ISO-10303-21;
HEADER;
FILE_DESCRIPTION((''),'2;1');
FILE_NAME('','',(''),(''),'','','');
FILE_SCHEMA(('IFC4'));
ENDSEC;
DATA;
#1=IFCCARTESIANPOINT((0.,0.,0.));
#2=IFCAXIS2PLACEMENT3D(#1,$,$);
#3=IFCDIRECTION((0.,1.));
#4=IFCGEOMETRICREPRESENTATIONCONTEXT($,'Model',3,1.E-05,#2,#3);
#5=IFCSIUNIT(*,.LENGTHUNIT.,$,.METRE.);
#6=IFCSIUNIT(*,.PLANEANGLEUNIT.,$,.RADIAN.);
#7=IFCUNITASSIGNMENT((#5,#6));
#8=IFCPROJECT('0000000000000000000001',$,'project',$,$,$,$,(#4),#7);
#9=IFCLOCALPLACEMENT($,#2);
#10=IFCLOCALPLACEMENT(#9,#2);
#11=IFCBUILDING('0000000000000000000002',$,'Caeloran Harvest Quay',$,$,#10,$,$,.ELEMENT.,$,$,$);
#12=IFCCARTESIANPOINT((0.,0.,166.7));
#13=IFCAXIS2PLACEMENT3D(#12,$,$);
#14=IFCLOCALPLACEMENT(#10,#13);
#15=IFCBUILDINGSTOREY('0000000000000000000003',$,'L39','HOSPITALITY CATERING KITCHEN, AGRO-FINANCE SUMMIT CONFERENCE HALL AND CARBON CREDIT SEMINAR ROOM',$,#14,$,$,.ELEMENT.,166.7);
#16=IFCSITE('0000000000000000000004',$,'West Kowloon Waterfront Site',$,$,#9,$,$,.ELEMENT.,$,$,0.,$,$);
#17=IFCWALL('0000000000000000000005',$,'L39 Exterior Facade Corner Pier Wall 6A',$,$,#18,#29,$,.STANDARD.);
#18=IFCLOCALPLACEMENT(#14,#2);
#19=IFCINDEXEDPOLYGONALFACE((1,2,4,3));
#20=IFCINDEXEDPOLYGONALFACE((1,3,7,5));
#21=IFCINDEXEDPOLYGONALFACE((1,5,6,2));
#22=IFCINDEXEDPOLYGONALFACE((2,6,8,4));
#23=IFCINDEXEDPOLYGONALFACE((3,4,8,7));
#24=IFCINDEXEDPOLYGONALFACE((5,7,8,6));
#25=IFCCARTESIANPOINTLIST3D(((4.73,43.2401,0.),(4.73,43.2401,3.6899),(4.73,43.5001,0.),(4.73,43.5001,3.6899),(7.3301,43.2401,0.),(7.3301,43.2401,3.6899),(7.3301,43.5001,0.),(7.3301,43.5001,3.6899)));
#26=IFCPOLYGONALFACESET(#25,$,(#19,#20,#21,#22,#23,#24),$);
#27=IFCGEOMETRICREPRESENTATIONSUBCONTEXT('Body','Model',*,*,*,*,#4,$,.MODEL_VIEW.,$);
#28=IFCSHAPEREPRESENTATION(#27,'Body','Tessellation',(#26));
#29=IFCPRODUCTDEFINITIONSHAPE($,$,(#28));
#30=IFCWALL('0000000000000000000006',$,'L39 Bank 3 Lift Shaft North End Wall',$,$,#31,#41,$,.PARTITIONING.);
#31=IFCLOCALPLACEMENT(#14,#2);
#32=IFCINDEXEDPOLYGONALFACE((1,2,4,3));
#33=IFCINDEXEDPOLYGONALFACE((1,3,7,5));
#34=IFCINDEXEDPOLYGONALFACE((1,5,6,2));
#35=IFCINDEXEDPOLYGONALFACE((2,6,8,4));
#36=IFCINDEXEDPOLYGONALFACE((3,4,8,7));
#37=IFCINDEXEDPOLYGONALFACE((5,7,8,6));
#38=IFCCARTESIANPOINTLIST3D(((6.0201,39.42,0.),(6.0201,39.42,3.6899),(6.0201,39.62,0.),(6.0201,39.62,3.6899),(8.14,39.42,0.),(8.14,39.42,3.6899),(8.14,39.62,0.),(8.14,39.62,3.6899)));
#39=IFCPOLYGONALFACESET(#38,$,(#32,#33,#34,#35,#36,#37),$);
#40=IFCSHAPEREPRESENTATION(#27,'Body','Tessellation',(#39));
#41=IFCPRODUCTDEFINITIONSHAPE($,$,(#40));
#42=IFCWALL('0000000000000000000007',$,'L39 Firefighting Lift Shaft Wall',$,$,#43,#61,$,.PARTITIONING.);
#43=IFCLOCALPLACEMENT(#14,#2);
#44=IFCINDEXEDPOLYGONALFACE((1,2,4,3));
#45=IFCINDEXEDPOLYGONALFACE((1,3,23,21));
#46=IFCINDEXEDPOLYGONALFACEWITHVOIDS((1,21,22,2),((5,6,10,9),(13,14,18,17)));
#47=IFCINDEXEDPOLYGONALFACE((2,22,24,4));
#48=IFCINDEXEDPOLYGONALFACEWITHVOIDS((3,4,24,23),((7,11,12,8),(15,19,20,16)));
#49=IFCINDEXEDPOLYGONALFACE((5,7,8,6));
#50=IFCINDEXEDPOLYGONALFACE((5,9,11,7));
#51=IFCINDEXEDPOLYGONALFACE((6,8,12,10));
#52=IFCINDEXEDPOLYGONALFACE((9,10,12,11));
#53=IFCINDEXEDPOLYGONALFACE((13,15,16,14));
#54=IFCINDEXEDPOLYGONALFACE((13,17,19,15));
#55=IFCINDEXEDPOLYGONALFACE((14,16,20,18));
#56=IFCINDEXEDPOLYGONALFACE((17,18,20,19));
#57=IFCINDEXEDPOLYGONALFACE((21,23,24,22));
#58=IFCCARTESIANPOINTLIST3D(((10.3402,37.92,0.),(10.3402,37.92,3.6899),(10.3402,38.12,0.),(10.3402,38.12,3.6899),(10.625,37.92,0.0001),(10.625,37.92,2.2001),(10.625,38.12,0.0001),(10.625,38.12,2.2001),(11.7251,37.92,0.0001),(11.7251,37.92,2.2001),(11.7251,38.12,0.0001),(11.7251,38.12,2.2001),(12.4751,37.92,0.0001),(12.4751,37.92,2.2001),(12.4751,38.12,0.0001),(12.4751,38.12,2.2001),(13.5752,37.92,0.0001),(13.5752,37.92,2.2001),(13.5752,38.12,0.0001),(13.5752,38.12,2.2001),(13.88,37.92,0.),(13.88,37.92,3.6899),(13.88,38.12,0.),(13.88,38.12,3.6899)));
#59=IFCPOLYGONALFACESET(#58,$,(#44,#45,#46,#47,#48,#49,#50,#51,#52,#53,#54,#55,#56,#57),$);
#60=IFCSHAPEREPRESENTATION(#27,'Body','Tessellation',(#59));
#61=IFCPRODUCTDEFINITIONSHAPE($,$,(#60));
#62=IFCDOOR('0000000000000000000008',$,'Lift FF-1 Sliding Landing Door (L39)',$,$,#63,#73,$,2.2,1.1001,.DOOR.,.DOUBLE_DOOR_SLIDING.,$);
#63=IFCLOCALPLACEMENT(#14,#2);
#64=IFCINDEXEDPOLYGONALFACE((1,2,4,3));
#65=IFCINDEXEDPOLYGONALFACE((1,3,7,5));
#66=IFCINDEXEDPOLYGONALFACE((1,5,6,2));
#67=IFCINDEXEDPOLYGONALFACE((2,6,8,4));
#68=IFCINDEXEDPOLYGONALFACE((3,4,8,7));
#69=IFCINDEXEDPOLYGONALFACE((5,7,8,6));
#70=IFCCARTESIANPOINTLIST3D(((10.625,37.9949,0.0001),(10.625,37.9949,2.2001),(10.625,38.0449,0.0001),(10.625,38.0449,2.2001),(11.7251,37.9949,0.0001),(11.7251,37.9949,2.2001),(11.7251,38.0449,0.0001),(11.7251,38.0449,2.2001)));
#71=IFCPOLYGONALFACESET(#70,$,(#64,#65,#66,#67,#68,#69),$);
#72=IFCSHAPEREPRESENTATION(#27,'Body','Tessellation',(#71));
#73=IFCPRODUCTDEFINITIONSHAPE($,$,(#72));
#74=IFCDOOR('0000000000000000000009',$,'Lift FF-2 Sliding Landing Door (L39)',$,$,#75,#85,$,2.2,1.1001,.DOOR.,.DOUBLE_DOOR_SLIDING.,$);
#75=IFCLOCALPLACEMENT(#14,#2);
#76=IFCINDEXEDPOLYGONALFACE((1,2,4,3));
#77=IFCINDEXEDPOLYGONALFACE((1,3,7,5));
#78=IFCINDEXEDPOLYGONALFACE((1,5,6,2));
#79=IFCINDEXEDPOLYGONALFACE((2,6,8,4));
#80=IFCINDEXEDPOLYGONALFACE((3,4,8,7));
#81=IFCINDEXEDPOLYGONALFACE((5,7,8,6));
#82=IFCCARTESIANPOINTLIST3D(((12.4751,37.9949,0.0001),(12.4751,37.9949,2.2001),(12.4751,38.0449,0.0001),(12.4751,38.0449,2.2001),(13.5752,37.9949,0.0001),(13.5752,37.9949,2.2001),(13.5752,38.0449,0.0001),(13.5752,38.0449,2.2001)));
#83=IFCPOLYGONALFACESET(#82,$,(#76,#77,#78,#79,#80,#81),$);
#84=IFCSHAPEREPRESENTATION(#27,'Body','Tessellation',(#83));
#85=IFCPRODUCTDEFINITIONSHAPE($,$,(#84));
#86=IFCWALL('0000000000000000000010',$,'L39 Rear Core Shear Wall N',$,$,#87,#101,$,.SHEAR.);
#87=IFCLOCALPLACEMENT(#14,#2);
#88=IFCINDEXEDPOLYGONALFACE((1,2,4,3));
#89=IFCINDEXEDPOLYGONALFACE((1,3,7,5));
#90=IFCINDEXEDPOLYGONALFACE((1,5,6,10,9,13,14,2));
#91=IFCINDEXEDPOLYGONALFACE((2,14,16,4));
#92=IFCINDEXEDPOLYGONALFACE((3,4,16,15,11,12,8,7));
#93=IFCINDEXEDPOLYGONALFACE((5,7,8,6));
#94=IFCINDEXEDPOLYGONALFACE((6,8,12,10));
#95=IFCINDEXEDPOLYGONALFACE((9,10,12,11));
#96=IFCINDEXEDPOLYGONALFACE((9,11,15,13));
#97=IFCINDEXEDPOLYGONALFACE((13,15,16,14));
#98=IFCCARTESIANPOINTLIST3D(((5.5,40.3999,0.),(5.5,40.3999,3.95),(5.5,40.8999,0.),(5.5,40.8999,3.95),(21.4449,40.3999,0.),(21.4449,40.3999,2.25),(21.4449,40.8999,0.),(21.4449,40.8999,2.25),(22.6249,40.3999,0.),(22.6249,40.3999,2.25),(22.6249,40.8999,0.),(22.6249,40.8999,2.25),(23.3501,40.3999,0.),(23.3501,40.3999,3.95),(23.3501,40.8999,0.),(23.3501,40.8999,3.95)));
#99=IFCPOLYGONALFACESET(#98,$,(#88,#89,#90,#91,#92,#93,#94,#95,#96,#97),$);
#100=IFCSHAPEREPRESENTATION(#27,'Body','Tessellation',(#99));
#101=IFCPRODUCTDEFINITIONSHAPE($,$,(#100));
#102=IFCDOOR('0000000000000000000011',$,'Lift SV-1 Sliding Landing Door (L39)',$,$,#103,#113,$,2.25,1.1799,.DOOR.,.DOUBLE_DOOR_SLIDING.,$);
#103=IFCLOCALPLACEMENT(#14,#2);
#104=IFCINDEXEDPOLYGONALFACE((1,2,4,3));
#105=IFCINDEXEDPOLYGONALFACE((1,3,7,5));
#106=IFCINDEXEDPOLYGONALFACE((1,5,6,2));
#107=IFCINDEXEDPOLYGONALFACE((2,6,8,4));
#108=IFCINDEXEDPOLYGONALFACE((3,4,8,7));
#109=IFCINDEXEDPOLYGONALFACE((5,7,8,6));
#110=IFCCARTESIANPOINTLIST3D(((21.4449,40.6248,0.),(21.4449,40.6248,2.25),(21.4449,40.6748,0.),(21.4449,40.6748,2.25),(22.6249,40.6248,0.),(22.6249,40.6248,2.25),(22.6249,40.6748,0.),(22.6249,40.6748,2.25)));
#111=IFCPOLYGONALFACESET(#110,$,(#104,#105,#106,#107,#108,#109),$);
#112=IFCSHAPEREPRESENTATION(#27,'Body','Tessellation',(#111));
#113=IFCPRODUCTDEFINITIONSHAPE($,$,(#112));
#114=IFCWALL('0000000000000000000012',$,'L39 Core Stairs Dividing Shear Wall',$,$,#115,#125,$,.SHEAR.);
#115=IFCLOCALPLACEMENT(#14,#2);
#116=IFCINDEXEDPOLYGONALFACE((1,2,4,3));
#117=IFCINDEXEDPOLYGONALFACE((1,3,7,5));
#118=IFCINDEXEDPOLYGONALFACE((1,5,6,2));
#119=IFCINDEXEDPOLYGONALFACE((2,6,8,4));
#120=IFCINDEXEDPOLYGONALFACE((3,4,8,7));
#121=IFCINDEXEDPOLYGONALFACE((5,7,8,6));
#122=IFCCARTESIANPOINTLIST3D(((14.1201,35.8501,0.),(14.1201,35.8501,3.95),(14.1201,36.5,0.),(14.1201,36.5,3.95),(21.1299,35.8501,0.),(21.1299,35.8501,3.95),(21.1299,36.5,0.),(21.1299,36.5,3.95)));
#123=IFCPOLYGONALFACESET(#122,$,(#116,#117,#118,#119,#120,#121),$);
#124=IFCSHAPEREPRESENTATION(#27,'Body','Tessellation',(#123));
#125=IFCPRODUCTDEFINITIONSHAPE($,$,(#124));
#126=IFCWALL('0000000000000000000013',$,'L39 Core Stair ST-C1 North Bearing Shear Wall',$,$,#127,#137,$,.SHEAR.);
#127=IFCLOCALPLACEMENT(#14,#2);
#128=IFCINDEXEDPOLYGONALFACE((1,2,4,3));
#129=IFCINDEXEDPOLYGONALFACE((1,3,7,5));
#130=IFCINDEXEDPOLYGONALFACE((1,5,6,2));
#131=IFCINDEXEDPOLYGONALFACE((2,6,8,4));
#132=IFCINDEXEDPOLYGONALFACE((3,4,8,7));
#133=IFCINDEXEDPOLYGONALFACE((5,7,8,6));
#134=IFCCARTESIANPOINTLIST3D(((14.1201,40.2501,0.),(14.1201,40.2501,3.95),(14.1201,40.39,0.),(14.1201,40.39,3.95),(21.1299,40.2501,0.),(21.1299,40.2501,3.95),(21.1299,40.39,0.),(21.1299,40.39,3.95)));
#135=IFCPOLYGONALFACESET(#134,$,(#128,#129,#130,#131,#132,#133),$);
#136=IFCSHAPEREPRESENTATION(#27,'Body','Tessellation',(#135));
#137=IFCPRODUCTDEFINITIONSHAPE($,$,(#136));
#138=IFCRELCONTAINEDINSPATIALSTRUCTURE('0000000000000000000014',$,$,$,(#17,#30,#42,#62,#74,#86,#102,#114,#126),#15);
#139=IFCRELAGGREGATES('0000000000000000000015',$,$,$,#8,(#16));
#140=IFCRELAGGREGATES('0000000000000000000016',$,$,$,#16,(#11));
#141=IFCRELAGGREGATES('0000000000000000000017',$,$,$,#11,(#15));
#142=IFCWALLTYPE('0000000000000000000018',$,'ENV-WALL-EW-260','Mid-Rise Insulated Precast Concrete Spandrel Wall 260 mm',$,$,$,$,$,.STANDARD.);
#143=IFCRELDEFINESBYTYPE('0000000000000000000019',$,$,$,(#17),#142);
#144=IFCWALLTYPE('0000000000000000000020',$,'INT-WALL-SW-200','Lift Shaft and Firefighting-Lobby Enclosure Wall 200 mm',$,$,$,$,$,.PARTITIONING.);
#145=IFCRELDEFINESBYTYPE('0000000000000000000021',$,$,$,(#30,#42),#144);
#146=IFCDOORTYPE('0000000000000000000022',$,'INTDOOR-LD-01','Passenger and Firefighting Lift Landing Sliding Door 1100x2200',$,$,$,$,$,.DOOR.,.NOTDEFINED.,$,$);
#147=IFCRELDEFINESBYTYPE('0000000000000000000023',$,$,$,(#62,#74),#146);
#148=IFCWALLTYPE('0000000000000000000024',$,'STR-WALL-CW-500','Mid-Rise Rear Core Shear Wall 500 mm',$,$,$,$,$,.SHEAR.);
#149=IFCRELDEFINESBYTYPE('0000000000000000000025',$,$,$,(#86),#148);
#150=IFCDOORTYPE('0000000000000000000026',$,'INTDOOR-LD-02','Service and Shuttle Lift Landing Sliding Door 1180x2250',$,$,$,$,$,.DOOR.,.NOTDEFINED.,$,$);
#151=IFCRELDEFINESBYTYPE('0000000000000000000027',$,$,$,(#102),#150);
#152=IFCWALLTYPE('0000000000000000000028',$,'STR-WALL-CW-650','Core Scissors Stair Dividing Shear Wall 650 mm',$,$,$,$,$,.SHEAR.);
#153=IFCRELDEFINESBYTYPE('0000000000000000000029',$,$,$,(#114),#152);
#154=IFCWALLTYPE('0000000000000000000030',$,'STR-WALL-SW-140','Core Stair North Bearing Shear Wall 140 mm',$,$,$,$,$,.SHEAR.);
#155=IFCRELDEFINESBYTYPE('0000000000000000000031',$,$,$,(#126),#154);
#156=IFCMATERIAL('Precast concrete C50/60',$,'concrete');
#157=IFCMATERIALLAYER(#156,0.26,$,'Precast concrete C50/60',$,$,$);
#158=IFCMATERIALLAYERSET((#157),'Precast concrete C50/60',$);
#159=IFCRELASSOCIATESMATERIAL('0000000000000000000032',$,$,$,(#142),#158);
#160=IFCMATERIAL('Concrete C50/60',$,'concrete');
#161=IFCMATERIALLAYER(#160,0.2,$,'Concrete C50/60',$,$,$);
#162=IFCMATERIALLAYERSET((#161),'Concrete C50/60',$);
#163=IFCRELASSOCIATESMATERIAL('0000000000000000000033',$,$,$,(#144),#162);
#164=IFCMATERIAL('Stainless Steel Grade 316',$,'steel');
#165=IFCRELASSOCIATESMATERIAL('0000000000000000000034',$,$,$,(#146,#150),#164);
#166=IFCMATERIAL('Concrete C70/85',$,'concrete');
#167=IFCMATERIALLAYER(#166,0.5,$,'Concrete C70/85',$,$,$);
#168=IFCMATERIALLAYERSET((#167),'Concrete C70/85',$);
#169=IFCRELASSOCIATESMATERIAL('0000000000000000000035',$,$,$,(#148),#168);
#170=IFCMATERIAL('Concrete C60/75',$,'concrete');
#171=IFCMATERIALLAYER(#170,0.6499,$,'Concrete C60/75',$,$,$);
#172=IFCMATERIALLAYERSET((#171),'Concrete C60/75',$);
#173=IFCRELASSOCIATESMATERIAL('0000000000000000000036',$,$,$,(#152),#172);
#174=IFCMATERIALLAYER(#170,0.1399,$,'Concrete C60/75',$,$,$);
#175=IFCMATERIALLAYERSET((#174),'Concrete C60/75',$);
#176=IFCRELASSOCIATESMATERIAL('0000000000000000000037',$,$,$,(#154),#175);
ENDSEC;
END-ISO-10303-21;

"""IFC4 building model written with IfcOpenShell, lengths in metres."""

from ifc_helpers import new_model, si_unit, direction, frame, frame_2d, origin, place, context, subcontext, project, spatial, rectangle, extrude, material, layer, layer_set, type_object, element, fill, save


model = new_model("IFC4")

# Units and contexts
model_context = context("Model", 3, precision=1e-05, world=origin(), true_north=direction((0.0, 1.0)))
body_context = subcontext(model_context, "Body", "Model", "MODEL_VIEW")
ifc_project = project(units=[si_unit("LENGTHUNIT", "METRE"), si_unit("PLANEANGLEUNIT", "RADIAN")], contexts=[model_context])

# Site, building, storey
site_placement = place(None, origin())
site = spatial("IfcSite", under=ifc_project, at=site_placement, Name="West Kowloon Waterfront Site", CompositionType="ELEMENT", RefElevation=0.0)
building_placement = place(site_placement, origin())
building = spatial("IfcBuilding", under=site, at=building_placement, Name="Caeloran Harvest Quay", CompositionType="ELEMENT")
storey_placement = place(building_placement, frame((0.0, 0.0, 166.7)))
storey = spatial("IfcBuildingStorey", under=building, at=storey_placement, Name="L39", Description="HOSPITALITY CATERING KITCHEN, AGRO-FINANCE SUMMIT CONFERENCE HALL AND CARBON CREDIT SEMINAR ROOM", CompositionType="ELEMENT", Elevation=166.7)

# Walls
ifc_material_1 = material(Name="Precast concrete C50/60", Category="concrete")
ifc_layer_1 = layer(ifc_material_1, 0.26, Name="Precast concrete C50/60")
ifc_layer_set_1 = layer_set([ifc_layer_1], Name="Precast concrete C50/60")
wall_type_1 = type_object("IfcWallType", Name="ENV-WALL-EW-260", Description="Mid-Rise Insulated Precast Concrete Spandrel Wall 260 mm", PredefinedType="STANDARD", material=ifc_layer_set_1)
wall_1_placement = place(storey_placement, frame((4.73, 43.3701, 0.0), z_axis=(0.0, 0.0, 1.0), x_axis=(1.0, 0.0, 0.0)))
element("IfcWall", 1, at=wall_1_placement, inside=storey, type_object=wall_type_1, Name="L39 Exterior Facade Corner Pier Wall 6A", PredefinedType="STANDARD", context=body_context, shape_type="SweptSolid", body=[
    extrude(rectangle(XDim=2.6001, YDim=0.26, at=frame_2d((1.3, 0.0))), origin(), (0.0, 0.0, 1.0), 3.6899),
])
ifc_material_2 = material(Name="Concrete C50/60", Category="concrete")
ifc_layer_2 = layer(ifc_material_2, 0.2, Name="Concrete C50/60")
ifc_layer_set_2 = layer_set([ifc_layer_2], Name="Concrete C50/60")
wall_type_2 = type_object("IfcWallType", Name="INT-WALL-SW-200", Description="Lift Shaft and Firefighting-Lobby Enclosure Wall 200 mm", PredefinedType="PARTITIONING", material=ifc_layer_set_2)
wall_2_placement = place(storey_placement, frame((6.02, 39.52, 0.0), z_axis=(0.0, 0.0, 1.0), x_axis=(1.0, 0.0, 0.0)))
element("IfcWall", 2, at=wall_2_placement, inside=storey, type_object=wall_type_2, Name="L39 Bank 3 Lift Shaft North End Wall", PredefinedType="PARTITIONING", context=body_context, shape_type="SweptSolid", body=[
    extrude(rectangle(XDim=2.1199, YDim=0.2, at=frame_2d((1.0601, 0.0))), origin(), (0.0, 0.0, 1.0), 3.6899),
])

# Wall, openings, doors
wall_3_placement = place(storey_placement, frame((10.3401, 38.02, 0.0), z_axis=(0.0, 0.0, 1.0), x_axis=(1.0, 0.0, 0.0)))
wall_3 = element("IfcWall", 3, at=wall_3_placement, inside=storey, type_object=wall_type_2, Name="L39 Firefighting Lift Shaft Wall", PredefinedType="PARTITIONING", context=body_context, shape_type="SweptSolid", body=[
    extrude(rectangle(XDim=3.5398, YDim=0.2, at=frame_2d((1.77, 0.0))), origin(), (0.0, 0.0, 1.0), 3.6899),
])
opening_1_placement = place(wall_3_placement, frame((0.2849, 0.0, 0.0)))
opening_1 = element("IfcOpeningElement", 4, at=opening_1_placement, cuts=wall_3, PredefinedType="OPENING", context=body_context, shape_type="SweptSolid", body=[
    extrude(rectangle(XDim=1.1001, YDim=2.2, at=frame_2d((0.55, 1.1001))), frame((0.0, 0.1099, 0.0), z_axis=(0.0, -1.0, 0.0), x_axis=(1.0, 0.0, 0.0)), (0.0, 0.0, 1.0), 0.22),
])
opening_2_placement = place(wall_3_placement, frame((2.135, 0.0, 0.0)))
opening_2 = element("IfcOpeningElement", 5, at=opening_2_placement, cuts=wall_3, PredefinedType="OPENING", context=body_context, shape_type="SweptSolid", body=[
    extrude(rectangle(XDim=1.1001, YDim=2.2, at=frame_2d((0.55, 1.1001))), frame((0.0, 0.1099, 0.0), z_axis=(0.0, -1.0, 0.0), x_axis=(1.0, 0.0, 0.0)), (0.0, 0.0, 1.0), 0.22),
])
ifc_material_3 = material(Name="Stainless Steel Grade 316", Category="steel")
door_type_1 = type_object("IfcDoorType", Name="INTDOOR-LD-01", Description="Passenger and Firefighting Lift Landing Sliding Door 1100x2200", OperationType="NOTDEFINED", PredefinedType="DOOR", material=ifc_material_3)
door_1_placement = place(opening_1_placement, origin())
door_1 = element("IfcDoor", 6, at=door_1_placement, inside=storey, type_object=door_type_1, Name="Lift FF-1 Sliding Landing Door (L39)", OperationType="DOUBLE_DOOR_SLIDING", OverallHeight=2.2, OverallWidth=1.1001, PredefinedType="DOOR", context=body_context, shape_type="SweptSolid", body=[
    extrude(rectangle(XDim=1.1001, YDim=2.2, at=frame_2d((0.55, 1.1001))), frame((0.0, 0.0249, 0.0), z_axis=(0.0, -1.0, 0.0), x_axis=(1.0, 0.0, 0.0)), (0.0, 0.0, 1.0), 0.05),
])
fill(opening_1, door_1)
door_2_placement = place(opening_2_placement, origin())
door_2 = element("IfcDoor", 7, at=door_2_placement, inside=storey, type_object=door_type_1, Name="Lift FF-2 Sliding Landing Door (L39)", OperationType="DOUBLE_DOOR_SLIDING", OverallHeight=2.2, OverallWidth=1.1001, PredefinedType="DOOR", context=body_context, shape_type="SweptSolid", body=[
    extrude(rectangle(XDim=1.1001, YDim=2.2, at=frame_2d((0.55, 1.1001))), frame((0.0, 0.0249, 0.0), z_axis=(0.0, -1.0, 0.0), x_axis=(1.0, 0.0, 0.0)), (0.0, 0.0, 1.0), 0.05),
])
fill(opening_2, door_2)

# Wall, opening, door
ifc_material_4 = material(Name="Concrete C70/85", Category="concrete")
ifc_layer_3 = layer(ifc_material_4, 0.5, Name="Concrete C70/85")
ifc_layer_set_3 = layer_set([ifc_layer_3], Name="Concrete C70/85")
wall_type_3 = type_object("IfcWallType", Name="STR-WALL-CW-500", Description="Mid-Rise Rear Core Shear Wall 500 mm", PredefinedType="SHEAR", material=ifc_layer_set_3)
wall_4_placement = place(storey_placement, frame((5.5, 40.6499, 0.0), z_axis=(0.0, 0.0, 1.0), x_axis=(1.0, 0.0, 0.0)))
wall_4 = element("IfcWall", 8, at=wall_4_placement, inside=storey, type_object=wall_type_3, Name="L39 Rear Core Shear Wall N", PredefinedType="SHEAR", context=body_context, shape_type="SweptSolid", body=[
    extrude(rectangle(XDim=17.8501, YDim=0.5, at=frame_2d((8.925, 0.0))), origin(), (0.0, 0.0, 1.0), 3.95),
])
opening_3_placement = place(wall_4_placement, frame((15.9451, 0.0, 0.0)))
opening_3 = element("IfcOpeningElement", 9, at=opening_3_placement, cuts=wall_4, PredefinedType="OPENING", context=body_context, shape_type="SweptSolid", body=[
    extrude(rectangle(XDim=1.1799, YDim=2.25, at=frame_2d((0.5898, 1.125))), frame((0.0, 0.26, 0.0), z_axis=(0.0, -1.0, 0.0), x_axis=(1.0, 0.0, 0.0)), (0.0, 0.0, 1.0), 0.52),
])
door_type_2 = type_object("IfcDoorType", Name="INTDOOR-LD-02", Description="Service and Shuttle Lift Landing Sliding Door 1180x2250", OperationType="NOTDEFINED", PredefinedType="DOOR", material=ifc_material_3)
door_3_placement = place(opening_3_placement, origin())
door_3 = element("IfcDoor", 10, at=door_3_placement, inside=storey, type_object=door_type_2, Name="Lift SV-1 Sliding Landing Door (L39)", OperationType="DOUBLE_DOOR_SLIDING", OverallHeight=2.25, OverallWidth=1.1799, PredefinedType="DOOR", context=body_context, shape_type="SweptSolid", body=[
    extrude(rectangle(XDim=1.1799, YDim=2.25, at=frame_2d((0.5898, 1.125))), frame((0.0, 0.0249, 0.0), z_axis=(0.0, -1.0, 0.0), x_axis=(1.0, 0.0, 0.0)), (0.0, 0.0, 1.0), 0.05),
])
fill(opening_3, door_3)

# Walls
ifc_material_5 = material(Name="Concrete C60/75", Category="concrete")
ifc_layer_4 = layer(ifc_material_5, 0.6499, Name="Concrete C60/75")
ifc_layer_set_4 = layer_set([ifc_layer_4], Name="Concrete C60/75")
wall_type_4 = type_object("IfcWallType", Name="STR-WALL-CW-650", Description="Core Scissors Stair Dividing Shear Wall 650 mm", PredefinedType="SHEAR", material=ifc_layer_set_4)
wall_5_placement = place(storey_placement, frame((14.1201, 36.175, 0.0), z_axis=(0.0, 0.0, 1.0), x_axis=(1.0, 0.0, 0.0)))
element("IfcWall", 11, at=wall_5_placement, inside=storey, type_object=wall_type_4, Name="L39 Core Stairs Dividing Shear Wall", PredefinedType="SHEAR", context=body_context, shape_type="SweptSolid", body=[
    extrude(rectangle(XDim=7.0098, YDim=0.6499, at=frame_2d((3.5049, 0.0))), origin(), (0.0, 0.0, 1.0), 3.95),
])
ifc_layer_5 = layer(ifc_material_5, 0.1399, Name="Concrete C60/75")
ifc_layer_set_5 = layer_set([ifc_layer_5], Name="Concrete C60/75")
wall_type_5 = type_object("IfcWallType", Name="STR-WALL-SW-140", Description="Core Stair North Bearing Shear Wall 140 mm", PredefinedType="SHEAR", material=ifc_layer_set_5)
wall_6_placement = place(storey_placement, frame((14.1201, 40.3201, 0.0), z_axis=(0.0, 0.0, 1.0), x_axis=(1.0, 0.0, 0.0)))
element("IfcWall", 12, at=wall_6_placement, inside=storey, type_object=wall_type_5, Name="L39 Core Stair ST-C1 North Bearing Shear Wall", PredefinedType="SHEAR", context=body_context, shape_type="SweptSolid", body=[
    extrude(rectangle(XDim=7.0098, YDim=0.1399, at=frame_2d((3.5049, 0.0))), origin(), (0.0, 0.0, 1.0), 3.95),
])

save(model, "model.ifc")
